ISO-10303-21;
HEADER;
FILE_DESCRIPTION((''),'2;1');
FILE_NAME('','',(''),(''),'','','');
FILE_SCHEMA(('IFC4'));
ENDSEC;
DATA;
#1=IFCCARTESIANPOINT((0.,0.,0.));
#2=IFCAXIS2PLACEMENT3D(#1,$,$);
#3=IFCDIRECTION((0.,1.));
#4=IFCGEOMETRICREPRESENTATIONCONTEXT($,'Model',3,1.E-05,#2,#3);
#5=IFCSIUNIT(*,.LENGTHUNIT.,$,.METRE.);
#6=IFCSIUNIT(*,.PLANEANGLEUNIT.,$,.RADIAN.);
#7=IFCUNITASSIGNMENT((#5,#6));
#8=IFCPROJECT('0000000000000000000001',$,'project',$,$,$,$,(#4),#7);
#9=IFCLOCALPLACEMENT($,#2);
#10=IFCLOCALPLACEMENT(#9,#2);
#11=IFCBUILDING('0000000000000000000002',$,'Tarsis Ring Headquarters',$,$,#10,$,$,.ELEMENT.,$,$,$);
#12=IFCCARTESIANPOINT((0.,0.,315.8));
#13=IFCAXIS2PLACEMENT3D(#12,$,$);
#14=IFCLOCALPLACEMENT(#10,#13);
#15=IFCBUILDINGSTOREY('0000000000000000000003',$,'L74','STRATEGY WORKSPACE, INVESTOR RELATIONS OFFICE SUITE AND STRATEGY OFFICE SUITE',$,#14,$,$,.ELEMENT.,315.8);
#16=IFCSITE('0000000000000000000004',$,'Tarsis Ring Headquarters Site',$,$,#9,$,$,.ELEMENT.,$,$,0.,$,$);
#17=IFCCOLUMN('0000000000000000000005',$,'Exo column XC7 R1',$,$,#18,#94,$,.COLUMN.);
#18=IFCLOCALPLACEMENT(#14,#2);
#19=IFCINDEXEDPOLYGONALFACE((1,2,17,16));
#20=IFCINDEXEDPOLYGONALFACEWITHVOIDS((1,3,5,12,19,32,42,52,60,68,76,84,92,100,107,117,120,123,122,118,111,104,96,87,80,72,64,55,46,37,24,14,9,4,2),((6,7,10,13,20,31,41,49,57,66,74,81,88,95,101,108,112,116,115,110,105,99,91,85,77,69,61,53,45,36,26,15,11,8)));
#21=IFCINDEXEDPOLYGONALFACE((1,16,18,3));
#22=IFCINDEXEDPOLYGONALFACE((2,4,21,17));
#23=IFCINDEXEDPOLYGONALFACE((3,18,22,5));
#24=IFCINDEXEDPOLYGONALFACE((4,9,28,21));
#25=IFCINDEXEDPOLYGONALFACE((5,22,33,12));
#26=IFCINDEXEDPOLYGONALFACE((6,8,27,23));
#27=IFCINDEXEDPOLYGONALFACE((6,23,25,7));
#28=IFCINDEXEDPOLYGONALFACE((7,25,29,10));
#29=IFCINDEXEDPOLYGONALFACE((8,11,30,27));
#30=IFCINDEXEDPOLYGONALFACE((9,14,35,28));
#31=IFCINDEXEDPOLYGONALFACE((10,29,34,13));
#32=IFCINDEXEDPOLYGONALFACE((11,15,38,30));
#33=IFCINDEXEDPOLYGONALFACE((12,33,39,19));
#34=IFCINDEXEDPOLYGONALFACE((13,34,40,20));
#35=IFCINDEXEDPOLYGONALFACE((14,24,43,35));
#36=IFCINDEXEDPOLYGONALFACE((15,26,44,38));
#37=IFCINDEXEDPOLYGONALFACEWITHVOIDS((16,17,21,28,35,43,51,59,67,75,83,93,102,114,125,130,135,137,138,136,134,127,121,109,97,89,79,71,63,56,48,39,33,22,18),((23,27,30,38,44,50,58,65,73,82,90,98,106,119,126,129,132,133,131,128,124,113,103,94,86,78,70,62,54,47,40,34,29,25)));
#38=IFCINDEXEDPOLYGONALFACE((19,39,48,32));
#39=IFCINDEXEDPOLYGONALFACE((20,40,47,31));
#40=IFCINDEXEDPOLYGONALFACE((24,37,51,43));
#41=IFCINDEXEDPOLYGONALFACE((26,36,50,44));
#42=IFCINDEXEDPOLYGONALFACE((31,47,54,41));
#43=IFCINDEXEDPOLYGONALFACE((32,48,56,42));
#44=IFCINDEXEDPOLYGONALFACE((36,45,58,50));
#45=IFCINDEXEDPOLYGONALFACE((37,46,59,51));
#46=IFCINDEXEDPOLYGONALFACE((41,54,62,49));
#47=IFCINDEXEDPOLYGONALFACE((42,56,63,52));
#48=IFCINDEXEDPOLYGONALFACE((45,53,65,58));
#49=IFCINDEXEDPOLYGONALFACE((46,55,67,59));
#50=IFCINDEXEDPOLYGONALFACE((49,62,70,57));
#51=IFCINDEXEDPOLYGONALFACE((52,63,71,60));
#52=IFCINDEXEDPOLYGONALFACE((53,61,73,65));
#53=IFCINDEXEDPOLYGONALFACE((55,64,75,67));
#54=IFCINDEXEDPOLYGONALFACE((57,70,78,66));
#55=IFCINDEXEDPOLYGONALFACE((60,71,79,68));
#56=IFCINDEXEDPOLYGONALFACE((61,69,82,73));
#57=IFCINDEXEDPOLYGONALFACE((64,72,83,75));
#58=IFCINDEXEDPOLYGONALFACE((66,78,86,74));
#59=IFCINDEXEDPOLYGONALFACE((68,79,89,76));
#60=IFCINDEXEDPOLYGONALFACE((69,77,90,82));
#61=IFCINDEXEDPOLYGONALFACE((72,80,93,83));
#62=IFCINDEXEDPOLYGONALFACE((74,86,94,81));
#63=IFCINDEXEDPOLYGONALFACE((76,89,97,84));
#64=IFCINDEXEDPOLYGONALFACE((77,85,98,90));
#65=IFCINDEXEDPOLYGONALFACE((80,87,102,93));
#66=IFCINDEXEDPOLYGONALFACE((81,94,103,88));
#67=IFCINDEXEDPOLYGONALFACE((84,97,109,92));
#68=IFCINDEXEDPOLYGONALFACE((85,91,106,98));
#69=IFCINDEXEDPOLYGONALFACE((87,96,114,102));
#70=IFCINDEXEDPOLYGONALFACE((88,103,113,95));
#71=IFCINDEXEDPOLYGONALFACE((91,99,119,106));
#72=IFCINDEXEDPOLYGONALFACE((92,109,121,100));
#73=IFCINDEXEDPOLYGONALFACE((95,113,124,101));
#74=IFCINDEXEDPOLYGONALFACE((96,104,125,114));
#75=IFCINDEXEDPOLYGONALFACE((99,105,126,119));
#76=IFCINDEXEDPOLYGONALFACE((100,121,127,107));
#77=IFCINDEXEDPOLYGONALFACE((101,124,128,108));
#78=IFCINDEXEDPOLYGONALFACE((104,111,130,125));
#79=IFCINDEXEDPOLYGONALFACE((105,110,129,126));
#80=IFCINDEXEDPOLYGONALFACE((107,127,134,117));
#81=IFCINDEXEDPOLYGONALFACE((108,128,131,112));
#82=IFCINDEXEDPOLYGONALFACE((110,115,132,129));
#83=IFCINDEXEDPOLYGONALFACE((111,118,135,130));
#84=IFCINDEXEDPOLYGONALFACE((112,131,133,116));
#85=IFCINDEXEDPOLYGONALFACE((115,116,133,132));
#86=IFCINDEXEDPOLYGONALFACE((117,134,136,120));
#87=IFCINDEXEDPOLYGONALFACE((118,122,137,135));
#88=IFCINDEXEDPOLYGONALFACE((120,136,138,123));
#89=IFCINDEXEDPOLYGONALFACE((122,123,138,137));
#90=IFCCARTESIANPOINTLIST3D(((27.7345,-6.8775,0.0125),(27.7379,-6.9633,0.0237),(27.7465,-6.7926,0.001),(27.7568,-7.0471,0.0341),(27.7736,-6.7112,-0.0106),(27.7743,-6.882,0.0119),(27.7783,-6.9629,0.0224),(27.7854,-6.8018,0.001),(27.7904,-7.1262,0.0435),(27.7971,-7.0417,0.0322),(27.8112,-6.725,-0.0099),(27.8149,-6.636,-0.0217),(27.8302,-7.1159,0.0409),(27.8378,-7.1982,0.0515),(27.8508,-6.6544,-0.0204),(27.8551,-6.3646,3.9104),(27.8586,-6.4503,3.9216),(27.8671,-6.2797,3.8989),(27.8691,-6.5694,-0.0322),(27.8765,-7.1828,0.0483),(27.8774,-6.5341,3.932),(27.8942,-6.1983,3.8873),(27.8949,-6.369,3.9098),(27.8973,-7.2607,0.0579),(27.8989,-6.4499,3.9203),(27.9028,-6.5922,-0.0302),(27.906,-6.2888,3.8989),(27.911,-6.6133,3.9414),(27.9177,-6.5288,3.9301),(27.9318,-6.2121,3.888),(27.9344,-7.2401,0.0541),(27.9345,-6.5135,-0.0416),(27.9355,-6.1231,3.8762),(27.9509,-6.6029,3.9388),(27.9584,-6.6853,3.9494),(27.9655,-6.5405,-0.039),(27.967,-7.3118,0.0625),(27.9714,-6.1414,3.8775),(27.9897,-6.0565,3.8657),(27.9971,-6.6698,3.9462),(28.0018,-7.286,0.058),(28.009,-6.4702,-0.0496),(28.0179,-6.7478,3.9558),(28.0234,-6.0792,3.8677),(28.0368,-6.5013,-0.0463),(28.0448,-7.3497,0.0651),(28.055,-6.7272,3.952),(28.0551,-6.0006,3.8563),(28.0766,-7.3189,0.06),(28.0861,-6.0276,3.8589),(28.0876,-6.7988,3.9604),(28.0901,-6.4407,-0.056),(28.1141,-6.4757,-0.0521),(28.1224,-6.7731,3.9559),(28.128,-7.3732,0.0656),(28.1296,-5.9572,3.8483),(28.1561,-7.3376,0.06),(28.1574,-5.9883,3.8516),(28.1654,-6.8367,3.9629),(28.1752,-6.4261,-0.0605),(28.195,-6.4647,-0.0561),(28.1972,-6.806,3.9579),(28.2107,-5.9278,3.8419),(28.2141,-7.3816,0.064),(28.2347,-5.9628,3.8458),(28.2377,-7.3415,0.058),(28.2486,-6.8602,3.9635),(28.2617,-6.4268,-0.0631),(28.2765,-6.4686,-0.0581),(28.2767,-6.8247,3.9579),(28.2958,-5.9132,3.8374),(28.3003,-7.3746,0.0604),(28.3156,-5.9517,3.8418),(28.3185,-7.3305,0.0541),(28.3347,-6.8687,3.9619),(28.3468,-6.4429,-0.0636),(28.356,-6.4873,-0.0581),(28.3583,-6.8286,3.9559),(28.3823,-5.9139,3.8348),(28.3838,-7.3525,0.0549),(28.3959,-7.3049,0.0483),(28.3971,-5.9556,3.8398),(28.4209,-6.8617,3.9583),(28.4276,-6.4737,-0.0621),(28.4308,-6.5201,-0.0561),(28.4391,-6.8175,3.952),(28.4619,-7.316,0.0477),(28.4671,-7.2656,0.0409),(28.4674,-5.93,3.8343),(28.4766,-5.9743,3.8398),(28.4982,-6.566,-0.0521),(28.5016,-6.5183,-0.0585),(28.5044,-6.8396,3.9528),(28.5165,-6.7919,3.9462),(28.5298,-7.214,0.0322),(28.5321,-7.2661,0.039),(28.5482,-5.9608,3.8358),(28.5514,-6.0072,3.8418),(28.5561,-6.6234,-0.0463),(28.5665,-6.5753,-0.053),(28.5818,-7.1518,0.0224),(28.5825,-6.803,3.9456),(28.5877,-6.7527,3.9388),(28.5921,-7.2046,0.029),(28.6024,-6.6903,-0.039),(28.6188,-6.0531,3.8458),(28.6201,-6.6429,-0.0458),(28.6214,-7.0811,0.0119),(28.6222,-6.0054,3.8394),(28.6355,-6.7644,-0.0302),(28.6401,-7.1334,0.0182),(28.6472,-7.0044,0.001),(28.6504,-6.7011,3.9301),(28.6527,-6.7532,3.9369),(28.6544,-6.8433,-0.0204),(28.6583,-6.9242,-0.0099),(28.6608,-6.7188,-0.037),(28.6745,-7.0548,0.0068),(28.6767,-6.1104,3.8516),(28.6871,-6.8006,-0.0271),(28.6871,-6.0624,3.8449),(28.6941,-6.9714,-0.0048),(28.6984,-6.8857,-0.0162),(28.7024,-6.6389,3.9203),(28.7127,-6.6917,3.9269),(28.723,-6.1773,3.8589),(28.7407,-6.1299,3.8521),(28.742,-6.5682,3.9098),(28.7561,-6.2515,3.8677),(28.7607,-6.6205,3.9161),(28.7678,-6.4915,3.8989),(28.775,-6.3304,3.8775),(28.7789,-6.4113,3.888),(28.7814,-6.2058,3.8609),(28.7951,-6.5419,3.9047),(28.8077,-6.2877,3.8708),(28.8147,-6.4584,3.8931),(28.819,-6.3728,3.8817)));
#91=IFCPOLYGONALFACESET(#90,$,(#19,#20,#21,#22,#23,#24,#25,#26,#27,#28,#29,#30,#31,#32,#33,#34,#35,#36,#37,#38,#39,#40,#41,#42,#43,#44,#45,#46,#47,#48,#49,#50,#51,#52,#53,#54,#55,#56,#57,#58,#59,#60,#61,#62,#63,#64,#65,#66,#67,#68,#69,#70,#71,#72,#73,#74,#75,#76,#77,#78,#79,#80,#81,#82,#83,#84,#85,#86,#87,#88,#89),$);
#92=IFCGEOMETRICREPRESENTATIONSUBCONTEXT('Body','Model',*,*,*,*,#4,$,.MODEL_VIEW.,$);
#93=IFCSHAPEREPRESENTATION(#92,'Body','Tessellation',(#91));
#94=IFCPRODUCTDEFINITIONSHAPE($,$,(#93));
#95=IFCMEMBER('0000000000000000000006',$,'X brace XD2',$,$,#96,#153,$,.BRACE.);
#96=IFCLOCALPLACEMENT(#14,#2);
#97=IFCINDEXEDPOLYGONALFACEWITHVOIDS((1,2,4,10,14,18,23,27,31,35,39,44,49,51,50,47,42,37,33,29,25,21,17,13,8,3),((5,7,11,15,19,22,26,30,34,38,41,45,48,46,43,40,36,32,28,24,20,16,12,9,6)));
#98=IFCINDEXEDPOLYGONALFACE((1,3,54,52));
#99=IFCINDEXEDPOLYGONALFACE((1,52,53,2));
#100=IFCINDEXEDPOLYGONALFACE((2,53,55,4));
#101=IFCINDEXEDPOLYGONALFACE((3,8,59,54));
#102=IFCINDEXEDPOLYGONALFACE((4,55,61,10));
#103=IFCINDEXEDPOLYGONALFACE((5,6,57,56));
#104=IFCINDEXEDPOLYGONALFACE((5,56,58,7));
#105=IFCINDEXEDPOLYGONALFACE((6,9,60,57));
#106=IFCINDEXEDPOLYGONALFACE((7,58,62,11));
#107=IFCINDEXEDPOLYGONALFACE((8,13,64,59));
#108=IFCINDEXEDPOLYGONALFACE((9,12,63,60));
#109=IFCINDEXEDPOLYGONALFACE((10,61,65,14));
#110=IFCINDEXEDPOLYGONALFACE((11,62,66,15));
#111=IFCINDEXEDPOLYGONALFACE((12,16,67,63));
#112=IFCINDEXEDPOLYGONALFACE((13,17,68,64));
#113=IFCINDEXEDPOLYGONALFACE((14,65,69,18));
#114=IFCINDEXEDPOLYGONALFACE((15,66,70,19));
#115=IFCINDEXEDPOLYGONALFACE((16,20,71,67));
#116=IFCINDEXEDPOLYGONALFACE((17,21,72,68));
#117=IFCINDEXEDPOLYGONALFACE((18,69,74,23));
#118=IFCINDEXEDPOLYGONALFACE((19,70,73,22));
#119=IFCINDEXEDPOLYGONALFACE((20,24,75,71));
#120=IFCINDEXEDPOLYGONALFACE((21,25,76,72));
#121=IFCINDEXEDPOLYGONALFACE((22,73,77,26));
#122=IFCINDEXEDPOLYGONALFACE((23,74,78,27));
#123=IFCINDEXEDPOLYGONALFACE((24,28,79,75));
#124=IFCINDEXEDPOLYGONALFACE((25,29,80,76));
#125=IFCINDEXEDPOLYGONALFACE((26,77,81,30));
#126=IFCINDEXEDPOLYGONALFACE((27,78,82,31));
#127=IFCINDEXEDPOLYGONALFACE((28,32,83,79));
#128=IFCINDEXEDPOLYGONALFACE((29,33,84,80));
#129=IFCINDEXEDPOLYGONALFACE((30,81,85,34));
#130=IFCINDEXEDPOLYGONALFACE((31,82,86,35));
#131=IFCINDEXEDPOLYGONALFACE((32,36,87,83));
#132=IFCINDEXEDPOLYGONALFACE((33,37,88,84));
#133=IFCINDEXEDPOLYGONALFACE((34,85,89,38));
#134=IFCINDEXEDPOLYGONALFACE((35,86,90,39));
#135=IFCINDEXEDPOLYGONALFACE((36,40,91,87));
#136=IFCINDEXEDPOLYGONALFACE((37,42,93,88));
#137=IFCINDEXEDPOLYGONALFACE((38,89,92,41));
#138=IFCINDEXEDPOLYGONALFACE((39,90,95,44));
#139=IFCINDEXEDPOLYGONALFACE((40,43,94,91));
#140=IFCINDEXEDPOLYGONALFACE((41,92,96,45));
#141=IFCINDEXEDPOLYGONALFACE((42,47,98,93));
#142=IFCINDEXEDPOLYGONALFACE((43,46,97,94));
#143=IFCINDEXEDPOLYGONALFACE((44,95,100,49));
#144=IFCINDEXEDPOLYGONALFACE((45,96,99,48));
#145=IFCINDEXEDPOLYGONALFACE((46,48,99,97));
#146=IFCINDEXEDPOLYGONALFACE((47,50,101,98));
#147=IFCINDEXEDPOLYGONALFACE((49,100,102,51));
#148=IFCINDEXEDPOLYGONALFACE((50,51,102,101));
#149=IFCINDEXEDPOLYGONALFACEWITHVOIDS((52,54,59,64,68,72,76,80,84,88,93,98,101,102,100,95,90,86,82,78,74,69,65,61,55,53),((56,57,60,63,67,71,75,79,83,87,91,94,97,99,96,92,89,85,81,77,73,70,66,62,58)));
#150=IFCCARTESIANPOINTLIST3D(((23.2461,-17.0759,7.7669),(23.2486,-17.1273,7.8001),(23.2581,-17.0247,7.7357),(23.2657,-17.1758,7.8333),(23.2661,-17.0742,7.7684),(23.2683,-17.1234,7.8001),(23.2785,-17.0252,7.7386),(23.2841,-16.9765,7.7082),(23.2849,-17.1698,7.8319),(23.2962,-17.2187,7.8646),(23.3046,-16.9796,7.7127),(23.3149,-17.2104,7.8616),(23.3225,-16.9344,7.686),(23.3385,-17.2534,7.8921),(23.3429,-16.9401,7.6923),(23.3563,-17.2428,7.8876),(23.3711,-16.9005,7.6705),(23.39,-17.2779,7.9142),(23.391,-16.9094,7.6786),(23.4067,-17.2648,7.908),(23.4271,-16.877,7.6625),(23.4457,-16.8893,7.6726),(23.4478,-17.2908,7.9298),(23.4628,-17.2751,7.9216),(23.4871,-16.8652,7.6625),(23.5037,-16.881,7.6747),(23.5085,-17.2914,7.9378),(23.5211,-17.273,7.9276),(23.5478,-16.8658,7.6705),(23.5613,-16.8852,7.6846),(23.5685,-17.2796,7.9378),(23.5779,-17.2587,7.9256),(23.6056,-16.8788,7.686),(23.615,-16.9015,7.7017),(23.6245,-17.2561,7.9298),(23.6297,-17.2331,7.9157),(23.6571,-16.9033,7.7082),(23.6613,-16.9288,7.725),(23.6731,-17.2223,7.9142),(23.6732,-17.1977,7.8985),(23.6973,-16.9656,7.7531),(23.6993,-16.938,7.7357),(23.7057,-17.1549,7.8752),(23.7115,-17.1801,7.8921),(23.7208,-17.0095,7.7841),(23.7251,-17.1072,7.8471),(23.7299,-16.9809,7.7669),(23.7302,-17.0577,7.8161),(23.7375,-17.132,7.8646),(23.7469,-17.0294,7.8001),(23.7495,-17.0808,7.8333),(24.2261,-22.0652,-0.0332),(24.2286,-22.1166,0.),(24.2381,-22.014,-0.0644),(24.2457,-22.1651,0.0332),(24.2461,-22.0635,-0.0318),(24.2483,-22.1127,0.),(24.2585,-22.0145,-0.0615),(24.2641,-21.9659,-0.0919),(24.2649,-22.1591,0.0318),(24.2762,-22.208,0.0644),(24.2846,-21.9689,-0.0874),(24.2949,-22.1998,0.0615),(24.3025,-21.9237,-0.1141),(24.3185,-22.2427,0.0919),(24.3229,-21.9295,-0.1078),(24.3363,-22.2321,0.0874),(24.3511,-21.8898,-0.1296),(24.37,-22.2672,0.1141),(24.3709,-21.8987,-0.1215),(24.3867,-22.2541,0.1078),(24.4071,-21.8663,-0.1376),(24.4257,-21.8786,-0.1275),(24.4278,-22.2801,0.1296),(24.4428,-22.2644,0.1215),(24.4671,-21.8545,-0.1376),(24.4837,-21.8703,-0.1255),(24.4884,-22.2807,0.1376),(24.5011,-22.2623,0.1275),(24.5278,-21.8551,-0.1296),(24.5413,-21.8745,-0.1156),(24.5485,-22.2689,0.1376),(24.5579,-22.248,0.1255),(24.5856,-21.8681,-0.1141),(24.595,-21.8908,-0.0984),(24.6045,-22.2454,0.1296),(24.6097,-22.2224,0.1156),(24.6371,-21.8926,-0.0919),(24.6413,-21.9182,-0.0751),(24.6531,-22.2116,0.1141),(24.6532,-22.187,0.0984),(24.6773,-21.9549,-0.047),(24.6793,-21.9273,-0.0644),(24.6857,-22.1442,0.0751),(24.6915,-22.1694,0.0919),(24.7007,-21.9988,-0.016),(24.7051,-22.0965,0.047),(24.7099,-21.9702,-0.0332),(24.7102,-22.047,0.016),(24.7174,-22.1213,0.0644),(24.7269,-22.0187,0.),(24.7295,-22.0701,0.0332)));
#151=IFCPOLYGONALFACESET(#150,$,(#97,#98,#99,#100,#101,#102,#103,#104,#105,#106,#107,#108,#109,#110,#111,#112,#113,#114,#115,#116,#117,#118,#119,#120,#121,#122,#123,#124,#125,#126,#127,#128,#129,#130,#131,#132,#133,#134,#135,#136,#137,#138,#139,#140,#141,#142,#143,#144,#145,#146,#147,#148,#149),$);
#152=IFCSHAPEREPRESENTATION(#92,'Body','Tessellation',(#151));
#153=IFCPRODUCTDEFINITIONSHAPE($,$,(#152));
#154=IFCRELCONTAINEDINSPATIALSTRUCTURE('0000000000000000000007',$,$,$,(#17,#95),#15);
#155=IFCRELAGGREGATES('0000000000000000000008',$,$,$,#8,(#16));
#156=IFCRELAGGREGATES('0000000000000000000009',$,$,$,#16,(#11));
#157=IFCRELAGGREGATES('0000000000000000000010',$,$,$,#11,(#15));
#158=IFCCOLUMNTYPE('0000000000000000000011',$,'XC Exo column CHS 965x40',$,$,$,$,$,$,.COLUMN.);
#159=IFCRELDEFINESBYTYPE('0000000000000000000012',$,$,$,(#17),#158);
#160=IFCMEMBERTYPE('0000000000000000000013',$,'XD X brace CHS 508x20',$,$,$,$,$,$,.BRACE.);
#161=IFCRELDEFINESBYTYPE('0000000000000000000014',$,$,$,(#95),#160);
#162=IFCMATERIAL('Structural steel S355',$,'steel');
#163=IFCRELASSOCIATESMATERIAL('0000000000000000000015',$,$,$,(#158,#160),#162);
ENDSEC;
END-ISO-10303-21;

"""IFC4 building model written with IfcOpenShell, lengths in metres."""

from ifc_helpers import new_model, si_unit, direction, frame, origin, origin_2d, place, context, subcontext, project, spatial, hollow_circle, extrude, material, material_profile, profile_set, type_object, element, save


model = new_model("IFC4")

# Units and contexts
model_context = context("Model", 3, precision=1e-05, world=origin(), true_north=direction((0.0, 1.0)))
body_context = subcontext(model_context, "Body", "Model", "MODEL_VIEW")
ifc_project = project(units=[si_unit("LENGTHUNIT", "METRE"), si_unit("PLANEANGLEUNIT", "RADIAN")], contexts=[model_context])

# Site, building, storey
site_placement = place(None, origin())
site = spatial("IfcSite", under=ifc_project, at=site_placement, Name="Tarsis Ring Headquarters Site", CompositionType="ELEMENT", RefElevation=0.0)
building_placement = place(site_placement, origin())
building = spatial("IfcBuilding", under=site, at=building_placement, Name="Tarsis Ring Headquarters", CompositionType="ELEMENT")
storey_placement = place(building_placement, frame((0.0, 0.0, 315.8)))
storey = spatial("IfcBuildingStorey", under=building, at=storey_placement, Name="L74", Description="STRATEGY WORKSPACE, INVESTOR RELATIONS OFFICE SUITE AND STRATEGY OFFICE SUITE", CompositionType="ELEMENT", Elevation=315.8)

# Column
ifc_material_1 = material(Name="Structural steel S355", Category="steel")
ifc_material_profile_1 = material_profile(ifc_material_1, hollow_circle(Radius=0.4827, WallThickness=0.04, at=origin_2d()), Name="CHS 965x40")
ifc_profile_set_1 = profile_set([ifc_material_profile_1], Name="Structural steel S355")
column_type = type_object("IfcColumnType", Name="XC Exo column CHS 965x40", PredefinedType="COLUMN", material=ifc_profile_set_1)
for number, where, z_axis, x_axis, name in (
    (1, (28.2163, -6.9031, 0.001), (0.030662, 0.130406, 0.990986), (-0.973454, 0.228884, 0.0), "Exo column XC7 R1"),
):
    element("IfcColumn", number, at=place(storey_placement, frame(where, z_axis=z_axis, x_axis=x_axis)), inside=storey, type_object=column_type, Name=name, PredefinedType="COLUMN", context=body_context, shape_type="SweptSolid", body=[
        extrude(hollow_circle(Radius=0.4827, WallThickness=0.04, at=origin_2d()), origin(), (0.0, 0.0, 1.0), 3.9333),
    ])

# Member
ifc_material_profile_2 = material_profile(ifc_material_1, hollow_circle(Radius=0.2539, WallThickness=0.02, at=origin_2d()), Name="CHS 508x20")
ifc_profile_set_2 = profile_set([ifc_material_profile_2], Name="Structural steel S355")
member_type = type_object("IfcMemberType", Name="XD X brace CHS 508x20", PredefinedType="BRACE", material=ifc_profile_set_2)
member_1_placement = place(storey_placement, frame((24.4778, -22.0676, 0.0), z_axis=(-0.10525, 0.535848, 0.837728), x_axis=(-0.981251, -0.192735, 0.0)))
element("IfcMember", 2, at=member_1_placement, inside=storey, type_object=member_type, Name="X brace XD2", PredefinedType="BRACE", context=body_context, shape_type="SweptSolid", body=[
    extrude(hollow_circle(Radius=0.2539, WallThickness=0.02, at=origin_2d()), origin(), (0.0, 0.0, 1.0), 9.311),
])

save(model, "model.ifc")
